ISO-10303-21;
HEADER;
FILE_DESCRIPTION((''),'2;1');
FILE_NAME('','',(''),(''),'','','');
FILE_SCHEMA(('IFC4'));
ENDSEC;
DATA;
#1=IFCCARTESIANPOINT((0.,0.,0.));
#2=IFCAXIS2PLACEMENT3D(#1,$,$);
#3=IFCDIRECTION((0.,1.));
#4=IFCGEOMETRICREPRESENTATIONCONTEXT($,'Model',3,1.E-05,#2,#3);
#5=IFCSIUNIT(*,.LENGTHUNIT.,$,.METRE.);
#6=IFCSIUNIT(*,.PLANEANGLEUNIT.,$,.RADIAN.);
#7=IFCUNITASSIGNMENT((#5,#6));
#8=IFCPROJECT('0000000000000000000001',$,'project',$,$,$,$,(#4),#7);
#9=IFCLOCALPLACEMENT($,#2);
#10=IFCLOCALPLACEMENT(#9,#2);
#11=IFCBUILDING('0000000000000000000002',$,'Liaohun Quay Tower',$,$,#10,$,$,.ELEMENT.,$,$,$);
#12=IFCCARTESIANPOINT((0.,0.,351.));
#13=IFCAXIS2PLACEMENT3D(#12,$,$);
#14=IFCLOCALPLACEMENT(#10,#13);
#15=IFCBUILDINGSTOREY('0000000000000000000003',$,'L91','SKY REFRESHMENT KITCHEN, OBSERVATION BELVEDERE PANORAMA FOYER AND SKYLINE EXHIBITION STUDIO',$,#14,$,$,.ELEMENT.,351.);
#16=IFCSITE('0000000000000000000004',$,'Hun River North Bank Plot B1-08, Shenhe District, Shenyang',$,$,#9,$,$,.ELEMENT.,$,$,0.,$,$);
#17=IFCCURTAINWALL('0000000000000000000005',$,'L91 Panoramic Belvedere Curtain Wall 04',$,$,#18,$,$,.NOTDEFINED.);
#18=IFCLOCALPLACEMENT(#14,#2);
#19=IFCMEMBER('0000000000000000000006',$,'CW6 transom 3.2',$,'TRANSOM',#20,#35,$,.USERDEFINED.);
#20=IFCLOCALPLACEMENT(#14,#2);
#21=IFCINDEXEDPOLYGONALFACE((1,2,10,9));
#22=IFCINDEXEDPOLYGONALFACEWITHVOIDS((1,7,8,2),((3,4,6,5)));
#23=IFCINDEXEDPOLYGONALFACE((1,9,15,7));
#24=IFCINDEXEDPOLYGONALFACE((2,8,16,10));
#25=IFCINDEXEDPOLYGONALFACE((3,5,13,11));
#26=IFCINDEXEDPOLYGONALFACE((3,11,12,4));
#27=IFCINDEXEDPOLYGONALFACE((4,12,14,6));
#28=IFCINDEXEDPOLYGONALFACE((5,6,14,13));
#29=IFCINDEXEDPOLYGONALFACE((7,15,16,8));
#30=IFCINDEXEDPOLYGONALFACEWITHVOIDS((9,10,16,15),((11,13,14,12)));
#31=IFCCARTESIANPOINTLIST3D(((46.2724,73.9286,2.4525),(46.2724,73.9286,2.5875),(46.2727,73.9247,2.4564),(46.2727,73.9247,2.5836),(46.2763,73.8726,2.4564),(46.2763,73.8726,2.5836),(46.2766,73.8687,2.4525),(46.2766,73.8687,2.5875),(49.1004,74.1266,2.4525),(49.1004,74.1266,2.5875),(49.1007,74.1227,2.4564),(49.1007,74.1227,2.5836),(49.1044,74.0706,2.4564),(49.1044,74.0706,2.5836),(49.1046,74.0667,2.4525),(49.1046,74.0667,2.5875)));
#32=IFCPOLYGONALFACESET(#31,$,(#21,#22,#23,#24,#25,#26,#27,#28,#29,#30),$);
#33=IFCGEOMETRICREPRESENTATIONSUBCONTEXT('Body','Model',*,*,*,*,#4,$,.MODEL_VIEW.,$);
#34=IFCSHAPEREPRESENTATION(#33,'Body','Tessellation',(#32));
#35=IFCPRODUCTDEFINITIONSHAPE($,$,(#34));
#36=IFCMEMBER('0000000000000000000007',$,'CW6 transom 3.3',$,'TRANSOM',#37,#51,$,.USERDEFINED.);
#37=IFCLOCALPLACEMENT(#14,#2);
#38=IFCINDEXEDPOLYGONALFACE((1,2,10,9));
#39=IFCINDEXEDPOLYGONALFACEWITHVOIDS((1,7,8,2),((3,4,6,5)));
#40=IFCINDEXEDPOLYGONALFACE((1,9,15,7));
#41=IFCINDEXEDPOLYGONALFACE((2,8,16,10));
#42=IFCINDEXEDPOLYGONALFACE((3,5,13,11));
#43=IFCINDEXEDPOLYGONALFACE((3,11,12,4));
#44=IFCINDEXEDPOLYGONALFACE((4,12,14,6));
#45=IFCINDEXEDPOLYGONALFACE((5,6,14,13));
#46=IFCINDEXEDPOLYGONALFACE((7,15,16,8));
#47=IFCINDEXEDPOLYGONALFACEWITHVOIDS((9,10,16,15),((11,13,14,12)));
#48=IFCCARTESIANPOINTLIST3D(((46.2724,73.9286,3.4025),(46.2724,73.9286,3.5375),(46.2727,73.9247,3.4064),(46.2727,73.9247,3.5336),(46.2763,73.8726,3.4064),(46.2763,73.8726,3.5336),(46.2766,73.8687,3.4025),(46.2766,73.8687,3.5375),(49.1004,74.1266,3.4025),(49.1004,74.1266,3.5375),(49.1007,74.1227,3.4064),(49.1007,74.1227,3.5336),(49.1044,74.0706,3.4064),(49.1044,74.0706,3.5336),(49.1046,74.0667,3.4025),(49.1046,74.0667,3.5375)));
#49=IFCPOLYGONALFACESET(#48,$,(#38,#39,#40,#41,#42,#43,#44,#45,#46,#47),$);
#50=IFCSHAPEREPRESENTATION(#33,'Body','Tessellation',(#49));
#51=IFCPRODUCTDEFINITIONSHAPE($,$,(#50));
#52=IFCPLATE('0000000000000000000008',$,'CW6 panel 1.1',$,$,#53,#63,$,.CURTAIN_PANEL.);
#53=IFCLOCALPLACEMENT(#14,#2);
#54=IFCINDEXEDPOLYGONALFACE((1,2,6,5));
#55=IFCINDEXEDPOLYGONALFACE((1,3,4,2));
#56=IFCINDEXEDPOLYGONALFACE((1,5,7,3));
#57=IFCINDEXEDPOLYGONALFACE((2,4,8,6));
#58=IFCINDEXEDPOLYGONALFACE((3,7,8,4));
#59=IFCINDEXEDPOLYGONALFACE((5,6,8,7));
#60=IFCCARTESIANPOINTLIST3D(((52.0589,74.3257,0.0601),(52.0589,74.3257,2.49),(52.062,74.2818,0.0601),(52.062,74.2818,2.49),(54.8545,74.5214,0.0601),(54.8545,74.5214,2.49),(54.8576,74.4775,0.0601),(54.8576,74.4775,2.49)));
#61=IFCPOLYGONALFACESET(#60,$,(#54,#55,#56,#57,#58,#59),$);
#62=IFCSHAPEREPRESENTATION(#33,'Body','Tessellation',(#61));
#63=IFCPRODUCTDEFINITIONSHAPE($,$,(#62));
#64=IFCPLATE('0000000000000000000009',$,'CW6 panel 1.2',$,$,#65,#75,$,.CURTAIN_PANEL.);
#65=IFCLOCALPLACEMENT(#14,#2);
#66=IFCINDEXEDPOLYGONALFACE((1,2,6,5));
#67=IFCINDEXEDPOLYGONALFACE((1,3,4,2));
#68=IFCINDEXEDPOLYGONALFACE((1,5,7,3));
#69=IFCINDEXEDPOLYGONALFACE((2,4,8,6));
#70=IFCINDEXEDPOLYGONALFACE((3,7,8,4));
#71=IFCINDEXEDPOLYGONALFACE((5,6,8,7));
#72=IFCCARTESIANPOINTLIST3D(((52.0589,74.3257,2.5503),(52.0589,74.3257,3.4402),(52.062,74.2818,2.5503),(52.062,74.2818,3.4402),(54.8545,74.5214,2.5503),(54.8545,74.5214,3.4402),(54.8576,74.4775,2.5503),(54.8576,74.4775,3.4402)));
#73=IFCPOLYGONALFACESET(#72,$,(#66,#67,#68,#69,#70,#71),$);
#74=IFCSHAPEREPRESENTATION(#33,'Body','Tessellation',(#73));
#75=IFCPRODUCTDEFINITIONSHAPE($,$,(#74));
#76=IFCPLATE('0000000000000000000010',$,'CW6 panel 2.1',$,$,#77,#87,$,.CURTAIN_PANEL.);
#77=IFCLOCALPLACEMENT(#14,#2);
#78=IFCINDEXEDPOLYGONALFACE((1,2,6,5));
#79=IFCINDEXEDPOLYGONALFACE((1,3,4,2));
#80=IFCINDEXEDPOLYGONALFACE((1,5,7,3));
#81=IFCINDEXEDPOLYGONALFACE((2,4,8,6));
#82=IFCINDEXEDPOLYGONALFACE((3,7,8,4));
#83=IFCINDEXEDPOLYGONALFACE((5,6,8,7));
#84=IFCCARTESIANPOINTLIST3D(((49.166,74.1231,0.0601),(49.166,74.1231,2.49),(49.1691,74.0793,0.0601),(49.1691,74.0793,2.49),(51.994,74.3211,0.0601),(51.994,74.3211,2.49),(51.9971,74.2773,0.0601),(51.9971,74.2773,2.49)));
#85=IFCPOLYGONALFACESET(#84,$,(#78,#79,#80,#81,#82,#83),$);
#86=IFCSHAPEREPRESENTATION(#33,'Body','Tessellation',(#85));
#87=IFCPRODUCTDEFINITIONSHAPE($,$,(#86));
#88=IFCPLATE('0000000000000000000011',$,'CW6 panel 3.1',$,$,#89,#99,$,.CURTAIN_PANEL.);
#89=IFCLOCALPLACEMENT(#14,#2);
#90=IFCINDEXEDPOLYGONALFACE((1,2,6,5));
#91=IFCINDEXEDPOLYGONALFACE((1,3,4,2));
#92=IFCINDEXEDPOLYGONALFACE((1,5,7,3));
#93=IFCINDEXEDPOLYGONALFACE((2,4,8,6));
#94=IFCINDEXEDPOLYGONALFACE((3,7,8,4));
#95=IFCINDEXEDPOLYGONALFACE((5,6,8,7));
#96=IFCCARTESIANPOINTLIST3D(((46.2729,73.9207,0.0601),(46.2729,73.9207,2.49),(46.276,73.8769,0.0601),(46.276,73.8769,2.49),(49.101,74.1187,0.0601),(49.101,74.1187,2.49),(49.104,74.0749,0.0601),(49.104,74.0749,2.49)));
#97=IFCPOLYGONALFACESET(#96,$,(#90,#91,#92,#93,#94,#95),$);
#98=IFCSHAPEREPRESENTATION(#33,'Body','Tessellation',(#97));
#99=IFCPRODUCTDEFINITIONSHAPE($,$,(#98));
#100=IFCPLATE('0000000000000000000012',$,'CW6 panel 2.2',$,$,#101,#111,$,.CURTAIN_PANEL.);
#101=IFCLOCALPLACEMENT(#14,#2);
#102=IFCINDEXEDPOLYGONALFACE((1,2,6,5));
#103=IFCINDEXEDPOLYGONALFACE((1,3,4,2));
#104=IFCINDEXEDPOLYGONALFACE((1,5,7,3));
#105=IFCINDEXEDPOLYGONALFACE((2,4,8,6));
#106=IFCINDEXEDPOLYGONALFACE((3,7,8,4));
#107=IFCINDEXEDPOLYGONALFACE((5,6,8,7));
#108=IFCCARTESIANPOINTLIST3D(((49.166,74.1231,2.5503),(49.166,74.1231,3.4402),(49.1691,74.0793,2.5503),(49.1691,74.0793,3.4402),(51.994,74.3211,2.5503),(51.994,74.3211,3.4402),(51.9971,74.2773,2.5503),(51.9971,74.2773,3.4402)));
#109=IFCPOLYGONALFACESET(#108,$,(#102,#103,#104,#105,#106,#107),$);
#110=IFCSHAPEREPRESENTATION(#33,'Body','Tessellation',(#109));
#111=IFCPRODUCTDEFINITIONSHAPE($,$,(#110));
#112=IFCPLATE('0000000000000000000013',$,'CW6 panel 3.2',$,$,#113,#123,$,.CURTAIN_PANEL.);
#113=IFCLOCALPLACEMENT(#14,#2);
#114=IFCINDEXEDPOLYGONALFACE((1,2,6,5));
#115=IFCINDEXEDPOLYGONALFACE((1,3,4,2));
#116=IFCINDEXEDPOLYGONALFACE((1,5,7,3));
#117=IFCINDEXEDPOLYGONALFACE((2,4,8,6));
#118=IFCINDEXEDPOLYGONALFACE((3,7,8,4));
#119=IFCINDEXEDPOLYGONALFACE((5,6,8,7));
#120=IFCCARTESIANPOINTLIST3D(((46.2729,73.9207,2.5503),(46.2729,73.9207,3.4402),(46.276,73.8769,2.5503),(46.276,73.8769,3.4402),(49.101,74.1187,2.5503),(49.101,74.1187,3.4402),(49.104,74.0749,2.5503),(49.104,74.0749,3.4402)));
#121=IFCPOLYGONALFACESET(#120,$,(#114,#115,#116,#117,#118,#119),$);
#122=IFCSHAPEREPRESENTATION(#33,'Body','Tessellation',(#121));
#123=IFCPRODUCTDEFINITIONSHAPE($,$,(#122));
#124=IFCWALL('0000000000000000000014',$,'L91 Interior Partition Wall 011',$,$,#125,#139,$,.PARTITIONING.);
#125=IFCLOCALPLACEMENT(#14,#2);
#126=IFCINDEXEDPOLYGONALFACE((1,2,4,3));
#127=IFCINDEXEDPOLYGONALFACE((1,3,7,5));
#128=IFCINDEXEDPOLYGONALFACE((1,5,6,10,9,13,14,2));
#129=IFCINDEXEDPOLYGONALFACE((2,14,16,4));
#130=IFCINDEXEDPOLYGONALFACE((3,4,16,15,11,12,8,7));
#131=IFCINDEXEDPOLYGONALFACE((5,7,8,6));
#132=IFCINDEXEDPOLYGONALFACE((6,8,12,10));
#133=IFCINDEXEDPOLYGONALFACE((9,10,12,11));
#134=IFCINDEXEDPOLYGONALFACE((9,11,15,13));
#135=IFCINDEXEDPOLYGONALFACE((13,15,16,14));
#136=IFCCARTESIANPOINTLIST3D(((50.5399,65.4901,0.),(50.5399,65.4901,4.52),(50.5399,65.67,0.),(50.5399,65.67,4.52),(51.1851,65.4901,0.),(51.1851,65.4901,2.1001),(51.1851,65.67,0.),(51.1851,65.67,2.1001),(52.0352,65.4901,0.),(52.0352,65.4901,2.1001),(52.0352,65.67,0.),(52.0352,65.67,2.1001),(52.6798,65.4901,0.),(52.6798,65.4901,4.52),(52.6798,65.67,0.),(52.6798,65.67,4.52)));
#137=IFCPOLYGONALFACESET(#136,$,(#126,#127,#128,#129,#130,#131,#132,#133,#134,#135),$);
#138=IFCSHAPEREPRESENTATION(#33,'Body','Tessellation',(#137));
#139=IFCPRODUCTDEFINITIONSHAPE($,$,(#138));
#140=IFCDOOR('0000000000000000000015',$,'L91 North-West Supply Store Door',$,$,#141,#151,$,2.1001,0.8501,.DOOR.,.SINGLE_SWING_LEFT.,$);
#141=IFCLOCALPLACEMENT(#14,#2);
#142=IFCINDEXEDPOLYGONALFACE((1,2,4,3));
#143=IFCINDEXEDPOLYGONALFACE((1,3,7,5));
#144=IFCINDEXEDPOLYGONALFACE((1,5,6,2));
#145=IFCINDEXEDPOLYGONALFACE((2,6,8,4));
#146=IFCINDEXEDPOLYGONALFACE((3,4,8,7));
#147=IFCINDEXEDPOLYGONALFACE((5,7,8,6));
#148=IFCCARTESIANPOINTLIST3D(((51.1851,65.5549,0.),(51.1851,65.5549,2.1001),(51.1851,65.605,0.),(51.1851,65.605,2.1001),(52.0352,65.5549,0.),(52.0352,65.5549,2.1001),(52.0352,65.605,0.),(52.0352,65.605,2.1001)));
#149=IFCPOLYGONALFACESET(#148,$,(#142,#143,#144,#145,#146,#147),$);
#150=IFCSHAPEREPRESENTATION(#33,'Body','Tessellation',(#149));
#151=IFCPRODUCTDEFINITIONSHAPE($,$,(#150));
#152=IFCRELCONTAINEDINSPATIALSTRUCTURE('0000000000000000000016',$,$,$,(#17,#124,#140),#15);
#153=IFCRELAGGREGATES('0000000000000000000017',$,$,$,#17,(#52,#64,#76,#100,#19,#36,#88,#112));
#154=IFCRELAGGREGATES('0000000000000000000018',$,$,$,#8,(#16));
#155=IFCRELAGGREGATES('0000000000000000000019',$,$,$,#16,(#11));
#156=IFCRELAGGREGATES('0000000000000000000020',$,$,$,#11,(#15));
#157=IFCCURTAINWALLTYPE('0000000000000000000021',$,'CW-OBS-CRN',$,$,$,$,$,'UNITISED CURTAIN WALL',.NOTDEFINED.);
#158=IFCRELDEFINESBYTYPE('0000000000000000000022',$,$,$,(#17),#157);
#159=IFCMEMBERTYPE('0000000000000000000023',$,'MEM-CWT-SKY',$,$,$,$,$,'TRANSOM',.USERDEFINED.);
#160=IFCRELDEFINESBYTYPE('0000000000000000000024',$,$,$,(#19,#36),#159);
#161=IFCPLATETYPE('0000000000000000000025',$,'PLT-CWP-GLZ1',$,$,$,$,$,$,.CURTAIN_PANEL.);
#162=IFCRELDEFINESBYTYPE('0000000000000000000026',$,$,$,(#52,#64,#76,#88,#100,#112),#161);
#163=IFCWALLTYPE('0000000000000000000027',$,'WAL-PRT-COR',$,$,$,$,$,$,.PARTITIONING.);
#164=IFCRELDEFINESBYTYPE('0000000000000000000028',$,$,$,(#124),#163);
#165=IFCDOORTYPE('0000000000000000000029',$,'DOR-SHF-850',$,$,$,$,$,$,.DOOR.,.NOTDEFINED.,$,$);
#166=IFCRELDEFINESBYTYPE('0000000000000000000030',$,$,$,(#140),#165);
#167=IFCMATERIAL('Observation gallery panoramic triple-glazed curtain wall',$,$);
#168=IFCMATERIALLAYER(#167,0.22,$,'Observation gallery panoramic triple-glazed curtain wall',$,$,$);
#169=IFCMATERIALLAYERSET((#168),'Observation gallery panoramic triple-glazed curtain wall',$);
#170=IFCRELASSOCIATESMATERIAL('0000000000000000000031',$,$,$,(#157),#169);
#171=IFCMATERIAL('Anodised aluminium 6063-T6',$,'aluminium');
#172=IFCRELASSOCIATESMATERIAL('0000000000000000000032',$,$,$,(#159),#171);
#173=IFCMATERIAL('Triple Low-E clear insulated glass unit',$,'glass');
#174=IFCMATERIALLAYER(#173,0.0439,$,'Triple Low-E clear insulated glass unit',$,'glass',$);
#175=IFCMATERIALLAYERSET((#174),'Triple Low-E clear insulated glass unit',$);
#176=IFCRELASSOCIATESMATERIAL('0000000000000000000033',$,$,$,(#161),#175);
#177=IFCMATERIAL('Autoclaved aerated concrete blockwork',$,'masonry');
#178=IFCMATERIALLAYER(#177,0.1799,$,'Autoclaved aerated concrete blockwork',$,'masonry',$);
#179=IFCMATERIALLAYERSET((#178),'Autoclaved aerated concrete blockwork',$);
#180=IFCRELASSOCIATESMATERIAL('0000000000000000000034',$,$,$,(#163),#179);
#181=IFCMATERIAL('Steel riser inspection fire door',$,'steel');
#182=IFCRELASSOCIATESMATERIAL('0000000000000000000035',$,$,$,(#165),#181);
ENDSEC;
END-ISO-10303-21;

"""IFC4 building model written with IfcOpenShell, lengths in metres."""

from ifc_helpers import new_model, si_unit, direction, frame, frame_2d, origin, origin_2d, place, context, subcontext, project, spatial, rectangle, hollow_rectangle, extrude, source, transform, mapped, material, layer, layer_set, material_profile, profile_set, type_object, element, fill, aggregate, save


model = new_model("IFC4")

# Units and contexts
model_context = context("Model", 3, precision=1e-05, world=origin(), true_north=direction((0.0, 1.0)))
body_context = subcontext(model_context, "Body", "Model", "MODEL_VIEW")
ifc_project = project(units=[si_unit("LENGTHUNIT", "METRE"), si_unit("PLANEANGLEUNIT", "RADIAN")], contexts=[model_context])

# Site, building, storey
site_placement = place(None, origin())
site = spatial("IfcSite", under=ifc_project, at=site_placement, Name="Hun River North Bank Plot B1-08, Shenhe District, Shenyang", CompositionType="ELEMENT", RefElevation=0.0)
building_placement = place(site_placement, origin())
building = spatial("IfcBuilding", under=site, at=building_placement, Name="Liaohun Quay Tower", CompositionType="ELEMENT")
storey_placement = place(building_placement, frame((0.0, 0.0, 351.0)))
storey = spatial("IfcBuildingStorey", under=building, at=storey_placement, Name="L91", Description="SKY REFRESHMENT KITCHEN, OBSERVATION BELVEDERE PANORAMA FOYER AND SKYLINE EXHIBITION STUDIO", CompositionType="ELEMENT", Elevation=351.0)

# Curtain wall, members, plates
ifc_material_1 = material(Name="Observation gallery panoramic triple-glazed curtain wall")
ifc_layer_1 = layer(ifc_material_1, 0.22, Name="Observation gallery panoramic triple-glazed curtain wall")
ifc_layer_set_1 = layer_set([ifc_layer_1], Name="Observation gallery panoramic triple-glazed curtain wall")
curtain_wall_type = type_object("IfcCurtainWallType", Name="CW-OBS-CRN", ElementType="UNITISED CURTAIN WALL", PredefinedType="NOTDEFINED", material=ifc_layer_set_1)
curtain_wall_placement = place(storey_placement, origin())
curtain_wall = element("IfcCurtainWall", 1, at=curtain_wall_placement, inside=storey, type_object=curtain_wall_type, Name="L91 Panoramic Belvedere Curtain Wall 04", PredefinedType="NOTDEFINED")
ifc_material_2 = material(Name="Anodised aluminium 6063-T6", Category="aluminium")
ifc_material_profile_1 = material_profile(ifc_material_2, hollow_rectangle(XDim=0.0601, YDim=0.135, WallThickness=0.0039, at=origin_2d()), Name="RHS135x60x4")
ifc_profile_set_1 = profile_set([ifc_material_profile_1], Name="Anodised aluminium 6063-T6")
member_type_1 = type_object("IfcMemberType", Name="MEM-CWT-SKY", ElementType="TRANSOM", PredefinedType="USERDEFINED", material=ifc_profile_set_1)
shared_shape_1 = source(origin(), body_context, "Body", "SweptSolid", [
    extrude(hollow_rectangle(XDim=0.0601, YDim=0.135, WallThickness=0.0039, at=origin_2d()), origin(), (0.0, 0.0, 1.0), 2.835),
])
member_1_placement = place(storey_placement, frame((49.1025, 74.0967, 2.52), z_axis=(-0.997558, -0.069839, 0.0), x_axis=(0.069839, -0.997558, 0.0)))
member_1 = element("IfcMember", 2, at=member_1_placement, type_object=member_type_1, Name="CW6 transom 3.2", ObjectType="TRANSOM", PredefinedType="USERDEFINED", context=body_context, shape_type="MappedRepresentation", body=[
    mapped(shared_shape_1, transform((0.0, 0.0, 0.0), x_axis=(1.0, 0.0, 0.0), y_axis=(0.0, 1.0, 0.0), z_axis=(0.0, 0.0, 1.0), scale=1.0)),
])
member_2_placement = place(storey_placement, frame((49.1025, 74.0967, 3.47), z_axis=(-0.997558, -0.069839, 0.0), x_axis=(0.069839, -0.997558, 0.0)))
member_2 = element("IfcMember", 3, at=member_2_placement, type_object=member_type_1, Name="CW6 transom 3.3", ObjectType="TRANSOM", PredefinedType="USERDEFINED", context=body_context, shape_type="MappedRepresentation", body=[
    mapped(shared_shape_1, transform((0.0, 0.0, 0.0), x_axis=(1.0, 0.0, 0.0), y_axis=(0.0, 1.0, 0.0), z_axis=(0.0, 0.0, 1.0), scale=1.0)),
])
ifc_material_3 = material(Name="Triple Low-E clear insulated glass unit", Category="glass")
ifc_layer_2 = layer(ifc_material_3, 0.0439, Name="Triple Low-E clear insulated glass unit", Category="glass")
ifc_layer_set_2 = layer_set([ifc_layer_2], Name="Triple Low-E clear insulated glass unit")
plate_type = type_object("IfcPlateType", Name="PLT-CWP-GLZ1", PredefinedType="CURTAIN_PANEL", material=ifc_layer_set_2)
shared_shape_2 = source(origin(), body_context, "Body", "SweptSolid", [
    extrude(rectangle(XDim=2.8025, YDim=0.0439, at=origin_2d()), origin(), (0.0, 0.0, 1.0), 2.4299),
])
plate_1_placement = place(storey_placement, frame((53.4583, 74.4016, 0.0601), z_axis=(0.0, 0.0, 1.0), x_axis=(-0.997559, -0.069826, 0.0)))
plate_1 = element("IfcPlate", 4, at=plate_1_placement, type_object=plate_type, Name="CW6 panel 1.1", PredefinedType="CURTAIN_PANEL", context=body_context, shape_type="MappedRepresentation", body=[
    mapped(shared_shape_2, transform((0.0, 0.0, 0.0), x_axis=(1.0, 0.0, 0.0), y_axis=(0.0, 1.0, 0.0), z_axis=(0.0, 0.0, 1.0), scale=1.0)),
])
shared_shape_3 = source(origin(), body_context, "Body", "SweptSolid", [
    extrude(rectangle(XDim=2.8025, YDim=0.0439, at=origin_2d()), origin(), (0.0, 0.0, 1.0), 0.8899),
])
plate_2_placement = place(storey_placement, frame((53.4583, 74.4016, 2.5503), z_axis=(0.0, 0.0, 1.0), x_axis=(-0.997559, -0.069826, 0.0)))
plate_2 = element("IfcPlate", 5, at=plate_2_placement, type_object=plate_type, Name="CW6 panel 1.2", PredefinedType="CURTAIN_PANEL", context=body_context, shape_type="MappedRepresentation", body=[
    mapped(shared_shape_3, transform((0.0, 0.0, 0.0), x_axis=(1.0, 0.0, 0.0), y_axis=(0.0, 1.0, 0.0), z_axis=(0.0, 0.0, 1.0), scale=1.0)),
])
shared_shape_4 = source(origin(), body_context, "Body", "SweptSolid", [
    extrude(rectangle(XDim=2.835, YDim=0.0439, at=origin_2d()), origin(), (0.0, 0.0, 1.0), 2.4299),
])
plate_3_placement = place(storey_placement, frame((50.5815, 74.2002, 0.0601), z_axis=(0.0, 0.0, 1.0), x_axis=(-0.997559, -0.069826, 0.0)))
plate_3 = element("IfcPlate", 6, at=plate_3_placement, type_object=plate_type, Name="CW6 panel 2.1", PredefinedType="CURTAIN_PANEL", context=body_context, shape_type="MappedRepresentation", body=[
    mapped(shared_shape_4, transform((0.0, 0.0, 0.0), x_axis=(1.0, 0.0, 0.0), y_axis=(0.0, 1.0, 0.0), z_axis=(0.0, 0.0, 1.0), scale=1.0)),
])
plate_4_placement = place(storey_placement, frame((47.6885, 73.9978, 0.0601), z_axis=(0.0, 0.0, 1.0), x_axis=(-0.997559, -0.069826, 0.0)))
plate_4 = element("IfcPlate", 7, at=plate_4_placement, type_object=plate_type, Name="CW6 panel 3.1", PredefinedType="CURTAIN_PANEL", context=body_context, shape_type="MappedRepresentation", body=[
    mapped(shared_shape_4, transform((0.0, 0.0, 0.0), x_axis=(1.0, 0.0, 0.0), y_axis=(0.0, 1.0, 0.0), z_axis=(0.0, 0.0, 1.0), scale=1.0)),
])
shared_shape_5 = source(origin(), body_context, "Body", "SweptSolid", [
    extrude(rectangle(XDim=2.835, YDim=0.0439, at=origin_2d()), origin(), (0.0, 0.0, 1.0), 0.8899),
])
plate_5_placement = place(storey_placement, frame((50.5815, 74.2002, 2.5503), z_axis=(0.0, 0.0, 1.0), x_axis=(-0.997559, -0.069826, 0.0)))
plate_5 = element("IfcPlate", 8, at=plate_5_placement, type_object=plate_type, Name="CW6 panel 2.2", PredefinedType="CURTAIN_PANEL", context=body_context, shape_type="MappedRepresentation", body=[
    mapped(shared_shape_5, transform((0.0, 0.0, 0.0), x_axis=(1.0, 0.0, 0.0), y_axis=(0.0, 1.0, 0.0), z_axis=(0.0, 0.0, 1.0), scale=1.0)),
])
plate_6_placement = place(storey_placement, frame((47.6885, 73.9978, 2.5503), z_axis=(0.0, 0.0, 1.0), x_axis=(-0.997559, -0.069826, 0.0)))
plate_6 = element("IfcPlate", 9, at=plate_6_placement, type_object=plate_type, Name="CW6 panel 3.2", PredefinedType="CURTAIN_PANEL", context=body_context, shape_type="MappedRepresentation", body=[
    mapped(shared_shape_5, transform((0.0, 0.0, 0.0), x_axis=(1.0, 0.0, 0.0), y_axis=(0.0, 1.0, 0.0), z_axis=(0.0, 0.0, 1.0), scale=1.0)),
])
aggregate(curtain_wall, [plate_1, plate_2, plate_3, plate_5, member_1, member_2, plate_4, plate_6])

# Wall, opening, door
ifc_material_4 = material(Name="Autoclaved aerated concrete blockwork", Category="masonry")
ifc_layer_3 = layer(ifc_material_4, 0.1799, Name="Autoclaved aerated concrete blockwork", Category="masonry")
ifc_layer_set_3 = layer_set([ifc_layer_3], Name="Autoclaved aerated concrete blockwork")
wall_type_1 = type_object("IfcWallType", Name="WAL-PRT-COR", PredefinedType="PARTITIONING", material=ifc_layer_set_3)
wall_1_placement = place(storey_placement, frame((50.54, 65.5801, 0.0), z_axis=(0.0, 0.0, 1.0), x_axis=(1.0, 0.0, 0.0)))
wall_1 = element("IfcWall", 10, at=wall_1_placement, inside=storey, type_object=wall_type_1, Name="L91 Interior Partition Wall 011", PredefinedType="PARTITIONING", context=body_context, shape_type="SweptSolid", body=[
    extrude(rectangle(XDim=2.1399, YDim=0.1799, at=frame_2d((1.0698, 0.0))), origin(), (0.0, 0.0, 1.0), 4.52),
])
shared_shape_6 = source(origin(), body_context, "Body", "SweptSolid", [
    extrude(rectangle(XDim=0.8501, YDim=2.1001, at=frame_2d((0.425, 1.05))), frame((0.0, 0.0999, 0.0), z_axis=(0.0, -1.0, 0.0), x_axis=(1.0, 0.0, 0.0)), (0.0, 0.0, 1.0), 0.2),
])
opening_1_placement = place(wall_1_placement, frame((0.645, 0.0, 0.0)))
opening_1 = element("IfcOpeningElement", 11, at=opening_1_placement, cuts=wall_1, PredefinedType="OPENING", context=body_context, shape_type="MappedRepresentation", body=[
    mapped(shared_shape_6, transform((0.0, 0.0, 0.0), x_axis=(1.0, 0.0, 0.0), y_axis=(0.0, 1.0, 0.0), z_axis=(0.0, 0.0, 1.0), scale=1.0)),
])
ifc_material_5 = material(Name="Steel riser inspection fire door", Category="steel")
door_type_1 = type_object("IfcDoorType", Name="DOR-SHF-850", OperationType="NOTDEFINED", PredefinedType="DOOR", material=ifc_material_5)
shared_shape_7 = source(origin(), body_context, "Body", "SweptSolid", [
    extrude(rectangle(XDim=0.8501, YDim=2.1001, at=frame_2d((0.425, 1.05))), frame((0.0, 0.0249, 0.0), z_axis=(0.0, -1.0, 0.0), x_axis=(1.0, 0.0, 0.0)), (0.0, 0.0, 1.0), 0.05),
])
door_1_placement = place(opening_1_placement, origin())
door_1 = element("IfcDoor", 12, at=door_1_placement, inside=storey, type_object=door_type_1, Name="L91 North-West Supply Store Door", OperationType="SINGLE_SWING_LEFT", OverallHeight=2.1001, OverallWidth=0.8501, PredefinedType="DOOR", context=body_context, shape_type="MappedRepresentation", body=[
    mapped(shared_shape_7, transform((0.0, 0.0, 0.0), x_axis=(1.0, 0.0, 0.0), y_axis=(0.0, 1.0, 0.0), z_axis=(0.0, 0.0, 1.0), scale=1.0)),
])
fill(opening_1, door_1)

save(model, "model.ifc")
